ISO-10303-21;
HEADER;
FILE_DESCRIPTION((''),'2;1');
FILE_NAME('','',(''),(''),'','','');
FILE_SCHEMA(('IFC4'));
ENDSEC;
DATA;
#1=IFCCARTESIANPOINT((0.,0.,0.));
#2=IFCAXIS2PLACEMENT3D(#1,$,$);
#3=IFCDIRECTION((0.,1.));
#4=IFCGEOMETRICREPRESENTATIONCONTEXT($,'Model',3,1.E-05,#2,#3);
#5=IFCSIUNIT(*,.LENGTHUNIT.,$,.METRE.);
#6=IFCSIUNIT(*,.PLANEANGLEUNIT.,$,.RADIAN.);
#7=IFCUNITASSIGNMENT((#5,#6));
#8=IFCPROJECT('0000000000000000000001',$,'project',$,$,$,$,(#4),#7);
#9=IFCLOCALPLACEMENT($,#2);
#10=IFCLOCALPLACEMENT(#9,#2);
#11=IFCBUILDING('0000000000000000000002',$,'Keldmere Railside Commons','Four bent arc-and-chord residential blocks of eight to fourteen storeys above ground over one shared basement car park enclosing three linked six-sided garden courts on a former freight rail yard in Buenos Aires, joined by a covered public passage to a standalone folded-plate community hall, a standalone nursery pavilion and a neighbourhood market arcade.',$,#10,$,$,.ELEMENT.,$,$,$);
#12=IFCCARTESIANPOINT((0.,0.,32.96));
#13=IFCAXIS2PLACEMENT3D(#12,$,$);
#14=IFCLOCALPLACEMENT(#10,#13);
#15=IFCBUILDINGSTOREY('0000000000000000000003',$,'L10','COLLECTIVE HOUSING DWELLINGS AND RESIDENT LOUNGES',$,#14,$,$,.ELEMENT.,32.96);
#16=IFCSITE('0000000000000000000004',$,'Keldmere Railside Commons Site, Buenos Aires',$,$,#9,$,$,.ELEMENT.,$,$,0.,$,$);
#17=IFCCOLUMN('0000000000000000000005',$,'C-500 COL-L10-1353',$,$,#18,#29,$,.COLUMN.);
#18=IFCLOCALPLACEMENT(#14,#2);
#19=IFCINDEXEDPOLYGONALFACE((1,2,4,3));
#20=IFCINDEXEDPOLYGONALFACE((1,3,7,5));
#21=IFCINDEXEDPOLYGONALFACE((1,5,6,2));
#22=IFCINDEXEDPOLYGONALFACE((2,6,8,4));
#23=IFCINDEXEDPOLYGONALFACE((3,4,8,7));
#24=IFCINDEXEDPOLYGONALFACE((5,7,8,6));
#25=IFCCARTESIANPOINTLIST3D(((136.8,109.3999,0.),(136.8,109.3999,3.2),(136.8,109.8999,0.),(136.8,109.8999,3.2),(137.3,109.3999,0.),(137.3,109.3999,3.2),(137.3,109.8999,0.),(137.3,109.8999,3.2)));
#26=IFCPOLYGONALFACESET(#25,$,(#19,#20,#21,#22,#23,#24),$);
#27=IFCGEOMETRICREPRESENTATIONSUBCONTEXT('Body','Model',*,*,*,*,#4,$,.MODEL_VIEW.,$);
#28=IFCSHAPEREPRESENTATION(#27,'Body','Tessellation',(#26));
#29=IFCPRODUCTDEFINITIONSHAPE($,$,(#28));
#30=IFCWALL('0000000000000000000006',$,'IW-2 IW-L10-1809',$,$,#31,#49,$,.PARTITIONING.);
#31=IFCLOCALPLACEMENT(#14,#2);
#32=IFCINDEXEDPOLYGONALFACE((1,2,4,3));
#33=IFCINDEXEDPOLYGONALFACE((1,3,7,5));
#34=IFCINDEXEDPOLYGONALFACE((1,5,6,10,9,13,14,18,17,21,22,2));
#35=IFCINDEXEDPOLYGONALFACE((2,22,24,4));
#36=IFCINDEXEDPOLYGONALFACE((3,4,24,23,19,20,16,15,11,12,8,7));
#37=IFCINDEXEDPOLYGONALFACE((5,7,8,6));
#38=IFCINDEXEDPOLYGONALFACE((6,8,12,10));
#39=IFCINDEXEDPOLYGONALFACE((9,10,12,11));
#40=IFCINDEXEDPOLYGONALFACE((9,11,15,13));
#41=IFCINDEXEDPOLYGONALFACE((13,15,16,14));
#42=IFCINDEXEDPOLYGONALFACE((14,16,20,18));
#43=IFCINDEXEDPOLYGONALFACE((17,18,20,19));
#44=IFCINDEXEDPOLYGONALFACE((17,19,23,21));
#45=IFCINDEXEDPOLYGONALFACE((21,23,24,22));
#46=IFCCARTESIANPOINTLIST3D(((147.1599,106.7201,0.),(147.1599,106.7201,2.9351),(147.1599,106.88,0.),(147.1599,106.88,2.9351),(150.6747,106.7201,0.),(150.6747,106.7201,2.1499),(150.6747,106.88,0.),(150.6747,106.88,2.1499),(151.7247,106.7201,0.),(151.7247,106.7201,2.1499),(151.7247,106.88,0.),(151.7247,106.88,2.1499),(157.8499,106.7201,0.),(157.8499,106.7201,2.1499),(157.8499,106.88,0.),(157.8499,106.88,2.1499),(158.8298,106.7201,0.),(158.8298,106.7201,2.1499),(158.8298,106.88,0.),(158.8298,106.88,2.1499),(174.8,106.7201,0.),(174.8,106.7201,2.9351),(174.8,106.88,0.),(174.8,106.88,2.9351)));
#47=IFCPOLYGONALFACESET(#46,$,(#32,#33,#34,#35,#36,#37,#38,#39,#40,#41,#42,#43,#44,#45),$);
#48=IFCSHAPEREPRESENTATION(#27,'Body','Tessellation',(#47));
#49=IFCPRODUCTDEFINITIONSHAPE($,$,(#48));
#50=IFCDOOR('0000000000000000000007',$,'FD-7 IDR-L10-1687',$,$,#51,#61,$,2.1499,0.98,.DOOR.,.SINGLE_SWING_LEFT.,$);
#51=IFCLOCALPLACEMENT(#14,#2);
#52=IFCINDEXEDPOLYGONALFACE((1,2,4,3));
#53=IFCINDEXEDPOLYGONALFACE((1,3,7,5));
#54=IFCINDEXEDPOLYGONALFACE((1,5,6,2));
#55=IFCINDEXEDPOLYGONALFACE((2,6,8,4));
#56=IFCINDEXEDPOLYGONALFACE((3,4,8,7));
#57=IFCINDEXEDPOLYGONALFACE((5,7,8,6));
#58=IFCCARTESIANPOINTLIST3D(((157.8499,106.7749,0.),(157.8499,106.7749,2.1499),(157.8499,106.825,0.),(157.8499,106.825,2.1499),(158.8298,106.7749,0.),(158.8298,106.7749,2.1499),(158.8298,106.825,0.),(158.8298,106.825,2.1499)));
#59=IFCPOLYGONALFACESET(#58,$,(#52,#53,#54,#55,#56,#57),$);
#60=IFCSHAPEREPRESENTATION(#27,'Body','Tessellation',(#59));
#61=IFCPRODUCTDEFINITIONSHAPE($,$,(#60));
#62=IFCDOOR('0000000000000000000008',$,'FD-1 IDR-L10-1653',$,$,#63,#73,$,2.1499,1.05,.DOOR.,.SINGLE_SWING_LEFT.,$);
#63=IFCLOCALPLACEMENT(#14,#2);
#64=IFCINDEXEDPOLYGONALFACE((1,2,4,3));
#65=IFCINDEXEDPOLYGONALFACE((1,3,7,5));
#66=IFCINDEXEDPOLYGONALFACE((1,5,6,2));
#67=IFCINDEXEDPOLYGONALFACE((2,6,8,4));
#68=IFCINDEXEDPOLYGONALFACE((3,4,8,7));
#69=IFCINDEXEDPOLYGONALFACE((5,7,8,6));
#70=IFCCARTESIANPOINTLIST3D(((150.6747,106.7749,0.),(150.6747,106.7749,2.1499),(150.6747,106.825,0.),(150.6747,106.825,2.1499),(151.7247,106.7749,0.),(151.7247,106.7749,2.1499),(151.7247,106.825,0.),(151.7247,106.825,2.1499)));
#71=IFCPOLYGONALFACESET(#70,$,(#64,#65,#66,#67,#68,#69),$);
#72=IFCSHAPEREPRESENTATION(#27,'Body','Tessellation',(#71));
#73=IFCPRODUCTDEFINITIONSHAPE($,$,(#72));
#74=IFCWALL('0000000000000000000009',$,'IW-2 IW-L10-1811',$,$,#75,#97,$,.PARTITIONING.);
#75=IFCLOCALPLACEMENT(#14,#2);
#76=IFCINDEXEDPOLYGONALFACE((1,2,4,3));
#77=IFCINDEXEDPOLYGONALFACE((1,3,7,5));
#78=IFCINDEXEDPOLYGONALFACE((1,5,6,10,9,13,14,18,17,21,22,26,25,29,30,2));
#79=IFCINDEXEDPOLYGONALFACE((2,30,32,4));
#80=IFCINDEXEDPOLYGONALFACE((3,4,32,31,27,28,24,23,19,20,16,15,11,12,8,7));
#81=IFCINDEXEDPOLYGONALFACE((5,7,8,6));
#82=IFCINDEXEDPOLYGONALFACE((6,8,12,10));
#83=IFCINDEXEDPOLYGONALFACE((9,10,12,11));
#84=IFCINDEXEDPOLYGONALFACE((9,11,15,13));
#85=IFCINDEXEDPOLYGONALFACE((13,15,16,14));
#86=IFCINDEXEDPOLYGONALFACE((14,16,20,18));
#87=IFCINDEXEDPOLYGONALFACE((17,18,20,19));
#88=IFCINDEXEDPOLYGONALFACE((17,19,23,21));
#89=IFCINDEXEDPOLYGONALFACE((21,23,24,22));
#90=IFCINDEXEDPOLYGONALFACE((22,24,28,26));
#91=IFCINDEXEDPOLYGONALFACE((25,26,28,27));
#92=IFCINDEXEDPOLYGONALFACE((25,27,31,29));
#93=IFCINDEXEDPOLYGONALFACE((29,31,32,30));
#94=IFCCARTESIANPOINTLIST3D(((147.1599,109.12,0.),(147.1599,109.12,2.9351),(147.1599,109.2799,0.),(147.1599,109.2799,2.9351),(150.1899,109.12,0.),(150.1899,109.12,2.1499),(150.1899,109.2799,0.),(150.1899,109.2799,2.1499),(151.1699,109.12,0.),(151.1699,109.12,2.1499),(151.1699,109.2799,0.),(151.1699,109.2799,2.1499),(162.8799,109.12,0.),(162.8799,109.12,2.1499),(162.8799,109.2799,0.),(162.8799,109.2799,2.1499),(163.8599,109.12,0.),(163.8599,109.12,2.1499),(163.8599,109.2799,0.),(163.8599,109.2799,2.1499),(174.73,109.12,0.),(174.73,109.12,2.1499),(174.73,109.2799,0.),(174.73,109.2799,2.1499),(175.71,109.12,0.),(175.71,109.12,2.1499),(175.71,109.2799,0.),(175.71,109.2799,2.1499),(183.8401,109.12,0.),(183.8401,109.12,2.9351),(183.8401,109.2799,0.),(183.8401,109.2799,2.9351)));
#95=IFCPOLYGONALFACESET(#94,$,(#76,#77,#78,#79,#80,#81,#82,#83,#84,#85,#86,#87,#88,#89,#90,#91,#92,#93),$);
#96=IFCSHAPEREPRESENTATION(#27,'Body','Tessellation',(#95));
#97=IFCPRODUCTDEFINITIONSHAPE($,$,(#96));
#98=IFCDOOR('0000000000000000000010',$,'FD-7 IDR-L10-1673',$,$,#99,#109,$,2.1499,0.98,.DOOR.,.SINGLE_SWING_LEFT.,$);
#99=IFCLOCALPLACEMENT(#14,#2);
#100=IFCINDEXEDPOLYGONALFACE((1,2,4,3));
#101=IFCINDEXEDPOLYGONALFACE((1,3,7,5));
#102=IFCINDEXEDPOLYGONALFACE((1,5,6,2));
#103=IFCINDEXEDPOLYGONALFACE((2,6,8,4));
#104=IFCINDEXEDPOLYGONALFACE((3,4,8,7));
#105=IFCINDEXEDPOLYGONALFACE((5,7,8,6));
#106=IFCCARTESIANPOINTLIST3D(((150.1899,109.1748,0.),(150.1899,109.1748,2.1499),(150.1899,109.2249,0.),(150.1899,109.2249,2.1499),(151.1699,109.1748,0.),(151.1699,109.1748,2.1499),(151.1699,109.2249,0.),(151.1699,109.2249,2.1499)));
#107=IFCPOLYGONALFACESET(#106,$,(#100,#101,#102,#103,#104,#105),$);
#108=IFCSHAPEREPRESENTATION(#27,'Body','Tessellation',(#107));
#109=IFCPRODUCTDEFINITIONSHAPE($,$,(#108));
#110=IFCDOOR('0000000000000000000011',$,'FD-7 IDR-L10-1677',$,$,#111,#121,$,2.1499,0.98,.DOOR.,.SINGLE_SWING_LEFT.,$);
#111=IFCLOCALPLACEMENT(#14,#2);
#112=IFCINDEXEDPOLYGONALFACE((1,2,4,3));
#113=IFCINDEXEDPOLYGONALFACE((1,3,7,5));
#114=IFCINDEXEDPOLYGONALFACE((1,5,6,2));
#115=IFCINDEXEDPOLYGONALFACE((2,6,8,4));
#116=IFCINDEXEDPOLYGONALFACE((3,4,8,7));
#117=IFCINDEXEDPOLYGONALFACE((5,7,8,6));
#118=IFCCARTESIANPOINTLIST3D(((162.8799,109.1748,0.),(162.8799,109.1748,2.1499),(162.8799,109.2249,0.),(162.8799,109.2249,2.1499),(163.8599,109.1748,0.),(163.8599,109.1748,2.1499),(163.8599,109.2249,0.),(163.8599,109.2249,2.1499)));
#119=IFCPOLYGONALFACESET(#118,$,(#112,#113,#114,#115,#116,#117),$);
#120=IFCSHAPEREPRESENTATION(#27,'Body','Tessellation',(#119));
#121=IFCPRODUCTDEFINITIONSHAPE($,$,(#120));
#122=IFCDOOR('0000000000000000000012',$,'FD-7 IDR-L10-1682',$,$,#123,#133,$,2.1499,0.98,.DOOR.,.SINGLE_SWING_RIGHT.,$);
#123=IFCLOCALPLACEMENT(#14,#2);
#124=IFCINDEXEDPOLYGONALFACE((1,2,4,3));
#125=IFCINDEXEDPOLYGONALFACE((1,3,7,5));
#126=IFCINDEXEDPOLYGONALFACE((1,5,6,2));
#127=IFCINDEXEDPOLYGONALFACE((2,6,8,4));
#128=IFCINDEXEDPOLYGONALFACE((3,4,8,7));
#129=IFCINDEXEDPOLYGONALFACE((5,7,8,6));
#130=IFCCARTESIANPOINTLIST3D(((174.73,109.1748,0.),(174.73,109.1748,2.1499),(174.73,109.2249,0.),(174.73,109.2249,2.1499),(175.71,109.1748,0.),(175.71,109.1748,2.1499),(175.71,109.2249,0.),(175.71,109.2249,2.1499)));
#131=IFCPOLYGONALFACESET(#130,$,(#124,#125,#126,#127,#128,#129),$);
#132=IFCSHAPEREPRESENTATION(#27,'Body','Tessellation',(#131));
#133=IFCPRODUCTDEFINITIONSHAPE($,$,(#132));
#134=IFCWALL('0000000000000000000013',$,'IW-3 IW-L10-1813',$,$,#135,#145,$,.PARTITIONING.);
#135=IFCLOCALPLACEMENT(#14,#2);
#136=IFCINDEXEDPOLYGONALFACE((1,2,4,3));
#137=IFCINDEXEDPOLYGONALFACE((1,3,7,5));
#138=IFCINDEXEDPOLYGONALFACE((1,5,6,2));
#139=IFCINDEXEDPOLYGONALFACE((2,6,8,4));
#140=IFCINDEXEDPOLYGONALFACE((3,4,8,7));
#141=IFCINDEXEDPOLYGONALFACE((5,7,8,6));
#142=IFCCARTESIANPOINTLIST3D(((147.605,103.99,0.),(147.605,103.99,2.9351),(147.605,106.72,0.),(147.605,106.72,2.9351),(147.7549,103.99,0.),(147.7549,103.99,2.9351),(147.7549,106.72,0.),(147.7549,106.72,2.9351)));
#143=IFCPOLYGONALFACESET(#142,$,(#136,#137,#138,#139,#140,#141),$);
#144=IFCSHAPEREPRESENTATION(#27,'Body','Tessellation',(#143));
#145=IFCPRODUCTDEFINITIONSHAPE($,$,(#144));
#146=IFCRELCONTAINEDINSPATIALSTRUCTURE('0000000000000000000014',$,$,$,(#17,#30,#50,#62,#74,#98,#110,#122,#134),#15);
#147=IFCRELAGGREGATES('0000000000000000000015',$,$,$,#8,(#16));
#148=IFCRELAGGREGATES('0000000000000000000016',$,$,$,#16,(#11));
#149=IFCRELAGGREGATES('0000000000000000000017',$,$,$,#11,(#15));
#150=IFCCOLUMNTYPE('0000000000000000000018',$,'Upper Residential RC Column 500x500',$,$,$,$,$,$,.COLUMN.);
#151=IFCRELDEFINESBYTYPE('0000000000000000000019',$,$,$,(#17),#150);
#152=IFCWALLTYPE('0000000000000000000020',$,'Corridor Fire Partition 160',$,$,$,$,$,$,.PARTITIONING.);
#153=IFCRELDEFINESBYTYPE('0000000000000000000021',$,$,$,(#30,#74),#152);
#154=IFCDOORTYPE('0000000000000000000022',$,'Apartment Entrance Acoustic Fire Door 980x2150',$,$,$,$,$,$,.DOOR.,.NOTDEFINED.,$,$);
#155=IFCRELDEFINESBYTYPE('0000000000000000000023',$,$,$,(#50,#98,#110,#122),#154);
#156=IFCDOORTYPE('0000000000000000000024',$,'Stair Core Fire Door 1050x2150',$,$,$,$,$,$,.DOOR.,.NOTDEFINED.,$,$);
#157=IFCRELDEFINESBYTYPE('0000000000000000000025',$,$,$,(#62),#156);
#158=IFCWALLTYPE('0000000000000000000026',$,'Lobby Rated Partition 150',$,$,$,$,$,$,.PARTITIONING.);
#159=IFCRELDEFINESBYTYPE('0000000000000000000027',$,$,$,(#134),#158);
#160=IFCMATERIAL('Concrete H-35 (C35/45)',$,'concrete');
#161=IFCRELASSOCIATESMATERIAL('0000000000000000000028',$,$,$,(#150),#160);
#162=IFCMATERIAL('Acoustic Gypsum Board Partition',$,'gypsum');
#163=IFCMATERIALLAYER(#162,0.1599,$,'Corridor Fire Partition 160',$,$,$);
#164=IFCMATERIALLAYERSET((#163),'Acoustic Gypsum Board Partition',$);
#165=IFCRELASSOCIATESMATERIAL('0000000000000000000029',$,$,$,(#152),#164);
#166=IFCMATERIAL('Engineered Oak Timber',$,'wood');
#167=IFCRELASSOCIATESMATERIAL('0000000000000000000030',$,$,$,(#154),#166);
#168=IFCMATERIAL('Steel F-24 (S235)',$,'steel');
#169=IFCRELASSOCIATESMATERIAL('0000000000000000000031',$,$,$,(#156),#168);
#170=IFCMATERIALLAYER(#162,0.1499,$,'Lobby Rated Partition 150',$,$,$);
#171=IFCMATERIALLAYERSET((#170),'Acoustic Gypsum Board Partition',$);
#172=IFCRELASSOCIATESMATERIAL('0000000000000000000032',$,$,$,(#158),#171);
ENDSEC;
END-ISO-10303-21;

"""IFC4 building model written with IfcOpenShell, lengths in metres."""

from ifc_helpers import new_model, si_unit, direction, frame, frame_2d, origin, origin_2d, place, context, subcontext, project, spatial, rectangle, extrude, material, layer, layer_set, material_profile, profile_set, type_object, element, fill, save


model = new_model("IFC4")

# Units and contexts
model_context = context("Model", 3, precision=1e-05, world=origin(), true_north=direction((0.0, 1.0)))
body_context = subcontext(model_context, "Body", "Model", "MODEL_VIEW")
ifc_project = project(units=[si_unit("LENGTHUNIT", "METRE"), si_unit("PLANEANGLEUNIT", "RADIAN")], contexts=[model_context])

# Site, building, storey
site_placement = place(None, origin())
site = spatial("IfcSite", under=ifc_project, at=site_placement, Name="Keldmere Railside Commons Site, Buenos Aires", CompositionType="ELEMENT", RefElevation=0.0)
building_placement = place(site_placement, origin())
building = spatial("IfcBuilding", under=site, at=building_placement, Name="Keldmere Railside Commons", Description="Four bent arc-and-chord residential blocks of eight to fourteen storeys above ground over one shared basement car park enclosing three linked six-sided garden courts on a former freight rail yard in Buenos Aires, joined by a covered public passage to a standalone folded-plate community hall, a standalone nursery pavilion and a neighbourhood market arcade.", CompositionType="ELEMENT")
storey_placement = place(building_placement, frame((0.0, 0.0, 32.96)))
storey = spatial("IfcBuildingStorey", under=building, at=storey_placement, Name="L10", Description="COLLECTIVE HOUSING DWELLINGS AND RESIDENT LOUNGES", CompositionType="ELEMENT", Elevation=32.96)

# Column
ifc_material_1 = material(Name="Concrete H-35 (C35/45)", Category="concrete")
ifc_material_profile = material_profile(ifc_material_1, rectangle(XDim=0.5, YDim=0.5, at=origin_2d()), Name="RC-500x500")
ifc_profile_set = profile_set([ifc_material_profile], Name="Concrete H-35 (C35/45)")
column_type = type_object("IfcColumnType", Name="Upper Residential RC Column 500x500", PredefinedType="COLUMN", material=ifc_profile_set)
column_placement = place(storey_placement, frame((137.05, 109.6499, 0.0), z_axis=(0.0, 0.0, 1.0), x_axis=(1.0, 0.0, 0.0)))
element("IfcColumn", 1, at=column_placement, inside=storey, type_object=column_type, Name="C-500 COL-L10-1353", PredefinedType="COLUMN", context=body_context, shape_type="SweptSolid", body=[
    extrude(rectangle(XDim=0.5, YDim=0.5, at=origin_2d()), origin(), (0.0, 0.0, 1.0), 3.2),
])

# Walls, openings, doors
ifc_material_2 = material(Name="Acoustic Gypsum Board Partition", Category="gypsum")
ifc_layer_1 = layer(ifc_material_2, 0.1599, Name="Corridor Fire Partition 160")
ifc_layer_set_1 = layer_set([ifc_layer_1], Name="Acoustic Gypsum Board Partition")
wall_type_1 = type_object("IfcWallType", Name="Corridor Fire Partition 160", PredefinedType="PARTITIONING", material=ifc_layer_set_1)
wall_1_placement = place(storey_placement, frame((147.1599, 106.8, 0.0), z_axis=(0.0, 0.0, 1.0), x_axis=(1.0, 0.0, 0.0)))
wall_1 = element("IfcWall", 2, at=wall_1_placement, inside=storey, type_object=wall_type_1, Name="IW-2 IW-L10-1809", PredefinedType="PARTITIONING", context=body_context, shape_type="SweptSolid", body=[
    extrude(rectangle(XDim=27.6401, YDim=0.1599, at=frame_2d((13.8201, 0.0))), origin(), (0.0, 0.0, 1.0), 2.9351),
])
opening_1_placement = place(wall_1_placement, frame((3.5149, 0.0, 0.0)))
opening_1 = element("IfcOpeningElement", 3, at=opening_1_placement, cuts=wall_1, PredefinedType="OPENING", context=body_context, shape_type="SweptSolid", body=[
    extrude(rectangle(XDim=1.05, YDim=2.1499, at=frame_2d((0.5249, 1.075))), frame((0.0, 0.0898, 0.0), z_axis=(0.0, -1.0, 0.0), x_axis=(1.0, 0.0, 0.0)), (0.0, 0.0, 1.0), 0.1799),
])
opening_2_placement = place(wall_1_placement, frame((10.6899, 0.0, 0.0)))
opening_2 = element("IfcOpeningElement", 4, at=opening_2_placement, cuts=wall_1, PredefinedType="OPENING", context=body_context, shape_type="SweptSolid", body=[
    extrude(rectangle(XDim=0.98, YDim=2.1499, at=frame_2d((0.49, 1.075))), frame((0.0, 0.0898, 0.0), z_axis=(0.0, -1.0, 0.0), x_axis=(1.0, 0.0, 0.0)), (0.0, 0.0, 1.0), 0.1799),
])
ifc_material_3 = material(Name="Engineered Oak Timber", Category="wood")
door_type_1 = type_object("IfcDoorType", Name="Apartment Entrance Acoustic Fire Door 980x2150", OperationType="NOTDEFINED", PredefinedType="DOOR", material=ifc_material_3)
door_1_placement = place(opening_2_placement, origin())
door_1 = element("IfcDoor", 5, at=door_1_placement, inside=storey, type_object=door_type_1, Name="FD-7 IDR-L10-1687", OperationType="SINGLE_SWING_LEFT", OverallHeight=2.1499, OverallWidth=0.98, PredefinedType="DOOR", context=body_context, shape_type="SweptSolid", body=[
    extrude(rectangle(XDim=0.98, YDim=2.1499, at=frame_2d((0.49, 1.075))), frame((0.0, 0.0249, 0.0), z_axis=(0.0, -1.0, 0.0), x_axis=(1.0, 0.0, 0.0)), (0.0, 0.0, 1.0), 0.05),
])
fill(opening_2, door_1)
ifc_material_4 = material(Name="Steel F-24 (S235)", Category="steel")
door_type_2 = type_object("IfcDoorType", Name="Stair Core Fire Door 1050x2150", OperationType="NOTDEFINED", PredefinedType="DOOR", material=ifc_material_4)
door_2_placement = place(opening_1_placement, origin())
door_2 = element("IfcDoor", 6, at=door_2_placement, inside=storey, type_object=door_type_2, Name="FD-1 IDR-L10-1653", OperationType="SINGLE_SWING_LEFT", OverallHeight=2.1499, OverallWidth=1.05, PredefinedType="DOOR", context=body_context, shape_type="SweptSolid", body=[
    extrude(rectangle(XDim=1.05, YDim=2.1499, at=frame_2d((0.5249, 1.075))), frame((0.0, 0.0249, 0.0), z_axis=(0.0, -1.0, 0.0), x_axis=(1.0, 0.0, 0.0)), (0.0, 0.0, 1.0), 0.05),
])
fill(opening_1, door_2)
wall_2_placement = place(storey_placement, frame((147.1599, 109.2, 0.0), z_axis=(0.0, 0.0, 1.0), x_axis=(1.0, 0.0, 0.0)))
wall_2 = element("IfcWall", 7, at=wall_2_placement, inside=storey, type_object=wall_type_1, Name="IW-2 IW-L10-1811", PredefinedType="PARTITIONING", context=body_context, shape_type="SweptSolid", body=[
    extrude(rectangle(XDim=36.6802, YDim=0.1599, at=frame_2d((18.3401, 0.0))), origin(), (0.0, 0.0, 1.0), 2.9351),
])
opening_3_placement = place(wall_2_placement, frame((3.03, 0.0, 0.0)))
opening_3 = element("IfcOpeningElement", 8, at=opening_3_placement, cuts=wall_2, PredefinedType="OPENING", context=body_context, shape_type="SweptSolid", body=[
    extrude(rectangle(XDim=0.98, YDim=2.1499, at=frame_2d((0.49, 1.075))), frame((0.0, 0.0898, 0.0), z_axis=(0.0, -1.0, 0.0), x_axis=(1.0, 0.0, 0.0)), (0.0, 0.0, 1.0), 0.1799),
])
opening_4_placement = place(wall_2_placement, frame((15.72, 0.0, 0.0)))
opening_4 = element("IfcOpeningElement", 9, at=opening_4_placement, cuts=wall_2, PredefinedType="OPENING", context=body_context, shape_type="SweptSolid", body=[
    extrude(rectangle(XDim=0.98, YDim=2.1499, at=frame_2d((0.49, 1.075))), frame((0.0, 0.0898, 0.0), z_axis=(0.0, -1.0, 0.0), x_axis=(1.0, 0.0, 0.0)), (0.0, 0.0, 1.0), 0.1799),
])
opening_5_placement = place(wall_2_placement, frame((27.5701, 0.0, 0.0)))
opening_5 = element("IfcOpeningElement", 10, at=opening_5_placement, cuts=wall_2, PredefinedType="OPENING", context=body_context, shape_type="SweptSolid", body=[
    extrude(rectangle(XDim=0.98, YDim=2.1499, at=frame_2d((0.49, 1.075))), frame((0.0, 0.0898, 0.0), z_axis=(0.0, -1.0, 0.0), x_axis=(1.0, 0.0, 0.0)), (0.0, 0.0, 1.0), 0.1799),
])
door_3_placement = place(opening_3_placement, origin())
door_3 = element("IfcDoor", 11, at=door_3_placement, inside=storey, type_object=door_type_1, Name="FD-7 IDR-L10-1673", OperationType="SINGLE_SWING_LEFT", OverallHeight=2.1499, OverallWidth=0.98, PredefinedType="DOOR", context=body_context, shape_type="SweptSolid", body=[
    extrude(rectangle(XDim=0.98, YDim=2.1499, at=frame_2d((0.49, 1.075))), frame((0.0, 0.0249, 0.0), z_axis=(0.0, -1.0, 0.0), x_axis=(1.0, 0.0, 0.0)), (0.0, 0.0, 1.0), 0.05),
])
fill(opening_3, door_3)
door_4_placement = place(opening_4_placement, origin())
door_4 = element("IfcDoor", 12, at=door_4_placement, inside=storey, type_object=door_type_1, Name="FD-7 IDR-L10-1677", OperationType="SINGLE_SWING_LEFT", OverallHeight=2.1499, OverallWidth=0.98, PredefinedType="DOOR", context=body_context, shape_type="SweptSolid", body=[
    extrude(rectangle(XDim=0.98, YDim=2.1499, at=frame_2d((0.49, 1.075))), frame((0.0, 0.0249, 0.0), z_axis=(0.0, -1.0, 0.0), x_axis=(1.0, 0.0, 0.0)), (0.0, 0.0, 1.0), 0.05),
])
fill(opening_4, door_4)
door_5_placement = place(opening_5_placement, origin())
door_5 = element("IfcDoor", 13, at=door_5_placement, inside=storey, type_object=door_type_1, Name="FD-7 IDR-L10-1682", OperationType="SINGLE_SWING_RIGHT", OverallHeight=2.1499, OverallWidth=0.98, PredefinedType="DOOR", context=body_context, shape_type="SweptSolid", body=[
    extrude(rectangle(XDim=0.98, YDim=2.1499, at=frame_2d((0.49, 1.075))), frame((0.0, 0.0249, 0.0), z_axis=(0.0, -1.0, 0.0), x_axis=(1.0, 0.0, 0.0)), (0.0, 0.0, 1.0), 0.05),
])
fill(opening_5, door_5)

# Wall
ifc_layer_2 = layer(ifc_material_2, 0.1499, Name="Lobby Rated Partition 150")
ifc_layer_set_2 = layer_set([ifc_layer_2], Name="Acoustic Gypsum Board Partition")
wall_type_2 = type_object("IfcWallType", Name="Lobby Rated Partition 150", PredefinedType="PARTITIONING", material=ifc_layer_set_2)
wall_3_placement = place(storey_placement, frame((147.6799, 103.99, 0.0), z_axis=(0.0, 0.0, 1.0), x_axis=(0.0, 1.0, 0.0)))
element("IfcWall", 14, at=wall_3_placement, inside=storey, type_object=wall_type_2, Name="IW-3 IW-L10-1813", PredefinedType="PARTITIONING", context=body_context, shape_type="SweptSolid", body=[
    extrude(rectangle(XDim=2.73, YDim=0.1499, at=frame_2d((1.365, 0.0))), origin(), (0.0, 0.0, 1.0), 2.9351),
])

save(model, "model.ifc")
